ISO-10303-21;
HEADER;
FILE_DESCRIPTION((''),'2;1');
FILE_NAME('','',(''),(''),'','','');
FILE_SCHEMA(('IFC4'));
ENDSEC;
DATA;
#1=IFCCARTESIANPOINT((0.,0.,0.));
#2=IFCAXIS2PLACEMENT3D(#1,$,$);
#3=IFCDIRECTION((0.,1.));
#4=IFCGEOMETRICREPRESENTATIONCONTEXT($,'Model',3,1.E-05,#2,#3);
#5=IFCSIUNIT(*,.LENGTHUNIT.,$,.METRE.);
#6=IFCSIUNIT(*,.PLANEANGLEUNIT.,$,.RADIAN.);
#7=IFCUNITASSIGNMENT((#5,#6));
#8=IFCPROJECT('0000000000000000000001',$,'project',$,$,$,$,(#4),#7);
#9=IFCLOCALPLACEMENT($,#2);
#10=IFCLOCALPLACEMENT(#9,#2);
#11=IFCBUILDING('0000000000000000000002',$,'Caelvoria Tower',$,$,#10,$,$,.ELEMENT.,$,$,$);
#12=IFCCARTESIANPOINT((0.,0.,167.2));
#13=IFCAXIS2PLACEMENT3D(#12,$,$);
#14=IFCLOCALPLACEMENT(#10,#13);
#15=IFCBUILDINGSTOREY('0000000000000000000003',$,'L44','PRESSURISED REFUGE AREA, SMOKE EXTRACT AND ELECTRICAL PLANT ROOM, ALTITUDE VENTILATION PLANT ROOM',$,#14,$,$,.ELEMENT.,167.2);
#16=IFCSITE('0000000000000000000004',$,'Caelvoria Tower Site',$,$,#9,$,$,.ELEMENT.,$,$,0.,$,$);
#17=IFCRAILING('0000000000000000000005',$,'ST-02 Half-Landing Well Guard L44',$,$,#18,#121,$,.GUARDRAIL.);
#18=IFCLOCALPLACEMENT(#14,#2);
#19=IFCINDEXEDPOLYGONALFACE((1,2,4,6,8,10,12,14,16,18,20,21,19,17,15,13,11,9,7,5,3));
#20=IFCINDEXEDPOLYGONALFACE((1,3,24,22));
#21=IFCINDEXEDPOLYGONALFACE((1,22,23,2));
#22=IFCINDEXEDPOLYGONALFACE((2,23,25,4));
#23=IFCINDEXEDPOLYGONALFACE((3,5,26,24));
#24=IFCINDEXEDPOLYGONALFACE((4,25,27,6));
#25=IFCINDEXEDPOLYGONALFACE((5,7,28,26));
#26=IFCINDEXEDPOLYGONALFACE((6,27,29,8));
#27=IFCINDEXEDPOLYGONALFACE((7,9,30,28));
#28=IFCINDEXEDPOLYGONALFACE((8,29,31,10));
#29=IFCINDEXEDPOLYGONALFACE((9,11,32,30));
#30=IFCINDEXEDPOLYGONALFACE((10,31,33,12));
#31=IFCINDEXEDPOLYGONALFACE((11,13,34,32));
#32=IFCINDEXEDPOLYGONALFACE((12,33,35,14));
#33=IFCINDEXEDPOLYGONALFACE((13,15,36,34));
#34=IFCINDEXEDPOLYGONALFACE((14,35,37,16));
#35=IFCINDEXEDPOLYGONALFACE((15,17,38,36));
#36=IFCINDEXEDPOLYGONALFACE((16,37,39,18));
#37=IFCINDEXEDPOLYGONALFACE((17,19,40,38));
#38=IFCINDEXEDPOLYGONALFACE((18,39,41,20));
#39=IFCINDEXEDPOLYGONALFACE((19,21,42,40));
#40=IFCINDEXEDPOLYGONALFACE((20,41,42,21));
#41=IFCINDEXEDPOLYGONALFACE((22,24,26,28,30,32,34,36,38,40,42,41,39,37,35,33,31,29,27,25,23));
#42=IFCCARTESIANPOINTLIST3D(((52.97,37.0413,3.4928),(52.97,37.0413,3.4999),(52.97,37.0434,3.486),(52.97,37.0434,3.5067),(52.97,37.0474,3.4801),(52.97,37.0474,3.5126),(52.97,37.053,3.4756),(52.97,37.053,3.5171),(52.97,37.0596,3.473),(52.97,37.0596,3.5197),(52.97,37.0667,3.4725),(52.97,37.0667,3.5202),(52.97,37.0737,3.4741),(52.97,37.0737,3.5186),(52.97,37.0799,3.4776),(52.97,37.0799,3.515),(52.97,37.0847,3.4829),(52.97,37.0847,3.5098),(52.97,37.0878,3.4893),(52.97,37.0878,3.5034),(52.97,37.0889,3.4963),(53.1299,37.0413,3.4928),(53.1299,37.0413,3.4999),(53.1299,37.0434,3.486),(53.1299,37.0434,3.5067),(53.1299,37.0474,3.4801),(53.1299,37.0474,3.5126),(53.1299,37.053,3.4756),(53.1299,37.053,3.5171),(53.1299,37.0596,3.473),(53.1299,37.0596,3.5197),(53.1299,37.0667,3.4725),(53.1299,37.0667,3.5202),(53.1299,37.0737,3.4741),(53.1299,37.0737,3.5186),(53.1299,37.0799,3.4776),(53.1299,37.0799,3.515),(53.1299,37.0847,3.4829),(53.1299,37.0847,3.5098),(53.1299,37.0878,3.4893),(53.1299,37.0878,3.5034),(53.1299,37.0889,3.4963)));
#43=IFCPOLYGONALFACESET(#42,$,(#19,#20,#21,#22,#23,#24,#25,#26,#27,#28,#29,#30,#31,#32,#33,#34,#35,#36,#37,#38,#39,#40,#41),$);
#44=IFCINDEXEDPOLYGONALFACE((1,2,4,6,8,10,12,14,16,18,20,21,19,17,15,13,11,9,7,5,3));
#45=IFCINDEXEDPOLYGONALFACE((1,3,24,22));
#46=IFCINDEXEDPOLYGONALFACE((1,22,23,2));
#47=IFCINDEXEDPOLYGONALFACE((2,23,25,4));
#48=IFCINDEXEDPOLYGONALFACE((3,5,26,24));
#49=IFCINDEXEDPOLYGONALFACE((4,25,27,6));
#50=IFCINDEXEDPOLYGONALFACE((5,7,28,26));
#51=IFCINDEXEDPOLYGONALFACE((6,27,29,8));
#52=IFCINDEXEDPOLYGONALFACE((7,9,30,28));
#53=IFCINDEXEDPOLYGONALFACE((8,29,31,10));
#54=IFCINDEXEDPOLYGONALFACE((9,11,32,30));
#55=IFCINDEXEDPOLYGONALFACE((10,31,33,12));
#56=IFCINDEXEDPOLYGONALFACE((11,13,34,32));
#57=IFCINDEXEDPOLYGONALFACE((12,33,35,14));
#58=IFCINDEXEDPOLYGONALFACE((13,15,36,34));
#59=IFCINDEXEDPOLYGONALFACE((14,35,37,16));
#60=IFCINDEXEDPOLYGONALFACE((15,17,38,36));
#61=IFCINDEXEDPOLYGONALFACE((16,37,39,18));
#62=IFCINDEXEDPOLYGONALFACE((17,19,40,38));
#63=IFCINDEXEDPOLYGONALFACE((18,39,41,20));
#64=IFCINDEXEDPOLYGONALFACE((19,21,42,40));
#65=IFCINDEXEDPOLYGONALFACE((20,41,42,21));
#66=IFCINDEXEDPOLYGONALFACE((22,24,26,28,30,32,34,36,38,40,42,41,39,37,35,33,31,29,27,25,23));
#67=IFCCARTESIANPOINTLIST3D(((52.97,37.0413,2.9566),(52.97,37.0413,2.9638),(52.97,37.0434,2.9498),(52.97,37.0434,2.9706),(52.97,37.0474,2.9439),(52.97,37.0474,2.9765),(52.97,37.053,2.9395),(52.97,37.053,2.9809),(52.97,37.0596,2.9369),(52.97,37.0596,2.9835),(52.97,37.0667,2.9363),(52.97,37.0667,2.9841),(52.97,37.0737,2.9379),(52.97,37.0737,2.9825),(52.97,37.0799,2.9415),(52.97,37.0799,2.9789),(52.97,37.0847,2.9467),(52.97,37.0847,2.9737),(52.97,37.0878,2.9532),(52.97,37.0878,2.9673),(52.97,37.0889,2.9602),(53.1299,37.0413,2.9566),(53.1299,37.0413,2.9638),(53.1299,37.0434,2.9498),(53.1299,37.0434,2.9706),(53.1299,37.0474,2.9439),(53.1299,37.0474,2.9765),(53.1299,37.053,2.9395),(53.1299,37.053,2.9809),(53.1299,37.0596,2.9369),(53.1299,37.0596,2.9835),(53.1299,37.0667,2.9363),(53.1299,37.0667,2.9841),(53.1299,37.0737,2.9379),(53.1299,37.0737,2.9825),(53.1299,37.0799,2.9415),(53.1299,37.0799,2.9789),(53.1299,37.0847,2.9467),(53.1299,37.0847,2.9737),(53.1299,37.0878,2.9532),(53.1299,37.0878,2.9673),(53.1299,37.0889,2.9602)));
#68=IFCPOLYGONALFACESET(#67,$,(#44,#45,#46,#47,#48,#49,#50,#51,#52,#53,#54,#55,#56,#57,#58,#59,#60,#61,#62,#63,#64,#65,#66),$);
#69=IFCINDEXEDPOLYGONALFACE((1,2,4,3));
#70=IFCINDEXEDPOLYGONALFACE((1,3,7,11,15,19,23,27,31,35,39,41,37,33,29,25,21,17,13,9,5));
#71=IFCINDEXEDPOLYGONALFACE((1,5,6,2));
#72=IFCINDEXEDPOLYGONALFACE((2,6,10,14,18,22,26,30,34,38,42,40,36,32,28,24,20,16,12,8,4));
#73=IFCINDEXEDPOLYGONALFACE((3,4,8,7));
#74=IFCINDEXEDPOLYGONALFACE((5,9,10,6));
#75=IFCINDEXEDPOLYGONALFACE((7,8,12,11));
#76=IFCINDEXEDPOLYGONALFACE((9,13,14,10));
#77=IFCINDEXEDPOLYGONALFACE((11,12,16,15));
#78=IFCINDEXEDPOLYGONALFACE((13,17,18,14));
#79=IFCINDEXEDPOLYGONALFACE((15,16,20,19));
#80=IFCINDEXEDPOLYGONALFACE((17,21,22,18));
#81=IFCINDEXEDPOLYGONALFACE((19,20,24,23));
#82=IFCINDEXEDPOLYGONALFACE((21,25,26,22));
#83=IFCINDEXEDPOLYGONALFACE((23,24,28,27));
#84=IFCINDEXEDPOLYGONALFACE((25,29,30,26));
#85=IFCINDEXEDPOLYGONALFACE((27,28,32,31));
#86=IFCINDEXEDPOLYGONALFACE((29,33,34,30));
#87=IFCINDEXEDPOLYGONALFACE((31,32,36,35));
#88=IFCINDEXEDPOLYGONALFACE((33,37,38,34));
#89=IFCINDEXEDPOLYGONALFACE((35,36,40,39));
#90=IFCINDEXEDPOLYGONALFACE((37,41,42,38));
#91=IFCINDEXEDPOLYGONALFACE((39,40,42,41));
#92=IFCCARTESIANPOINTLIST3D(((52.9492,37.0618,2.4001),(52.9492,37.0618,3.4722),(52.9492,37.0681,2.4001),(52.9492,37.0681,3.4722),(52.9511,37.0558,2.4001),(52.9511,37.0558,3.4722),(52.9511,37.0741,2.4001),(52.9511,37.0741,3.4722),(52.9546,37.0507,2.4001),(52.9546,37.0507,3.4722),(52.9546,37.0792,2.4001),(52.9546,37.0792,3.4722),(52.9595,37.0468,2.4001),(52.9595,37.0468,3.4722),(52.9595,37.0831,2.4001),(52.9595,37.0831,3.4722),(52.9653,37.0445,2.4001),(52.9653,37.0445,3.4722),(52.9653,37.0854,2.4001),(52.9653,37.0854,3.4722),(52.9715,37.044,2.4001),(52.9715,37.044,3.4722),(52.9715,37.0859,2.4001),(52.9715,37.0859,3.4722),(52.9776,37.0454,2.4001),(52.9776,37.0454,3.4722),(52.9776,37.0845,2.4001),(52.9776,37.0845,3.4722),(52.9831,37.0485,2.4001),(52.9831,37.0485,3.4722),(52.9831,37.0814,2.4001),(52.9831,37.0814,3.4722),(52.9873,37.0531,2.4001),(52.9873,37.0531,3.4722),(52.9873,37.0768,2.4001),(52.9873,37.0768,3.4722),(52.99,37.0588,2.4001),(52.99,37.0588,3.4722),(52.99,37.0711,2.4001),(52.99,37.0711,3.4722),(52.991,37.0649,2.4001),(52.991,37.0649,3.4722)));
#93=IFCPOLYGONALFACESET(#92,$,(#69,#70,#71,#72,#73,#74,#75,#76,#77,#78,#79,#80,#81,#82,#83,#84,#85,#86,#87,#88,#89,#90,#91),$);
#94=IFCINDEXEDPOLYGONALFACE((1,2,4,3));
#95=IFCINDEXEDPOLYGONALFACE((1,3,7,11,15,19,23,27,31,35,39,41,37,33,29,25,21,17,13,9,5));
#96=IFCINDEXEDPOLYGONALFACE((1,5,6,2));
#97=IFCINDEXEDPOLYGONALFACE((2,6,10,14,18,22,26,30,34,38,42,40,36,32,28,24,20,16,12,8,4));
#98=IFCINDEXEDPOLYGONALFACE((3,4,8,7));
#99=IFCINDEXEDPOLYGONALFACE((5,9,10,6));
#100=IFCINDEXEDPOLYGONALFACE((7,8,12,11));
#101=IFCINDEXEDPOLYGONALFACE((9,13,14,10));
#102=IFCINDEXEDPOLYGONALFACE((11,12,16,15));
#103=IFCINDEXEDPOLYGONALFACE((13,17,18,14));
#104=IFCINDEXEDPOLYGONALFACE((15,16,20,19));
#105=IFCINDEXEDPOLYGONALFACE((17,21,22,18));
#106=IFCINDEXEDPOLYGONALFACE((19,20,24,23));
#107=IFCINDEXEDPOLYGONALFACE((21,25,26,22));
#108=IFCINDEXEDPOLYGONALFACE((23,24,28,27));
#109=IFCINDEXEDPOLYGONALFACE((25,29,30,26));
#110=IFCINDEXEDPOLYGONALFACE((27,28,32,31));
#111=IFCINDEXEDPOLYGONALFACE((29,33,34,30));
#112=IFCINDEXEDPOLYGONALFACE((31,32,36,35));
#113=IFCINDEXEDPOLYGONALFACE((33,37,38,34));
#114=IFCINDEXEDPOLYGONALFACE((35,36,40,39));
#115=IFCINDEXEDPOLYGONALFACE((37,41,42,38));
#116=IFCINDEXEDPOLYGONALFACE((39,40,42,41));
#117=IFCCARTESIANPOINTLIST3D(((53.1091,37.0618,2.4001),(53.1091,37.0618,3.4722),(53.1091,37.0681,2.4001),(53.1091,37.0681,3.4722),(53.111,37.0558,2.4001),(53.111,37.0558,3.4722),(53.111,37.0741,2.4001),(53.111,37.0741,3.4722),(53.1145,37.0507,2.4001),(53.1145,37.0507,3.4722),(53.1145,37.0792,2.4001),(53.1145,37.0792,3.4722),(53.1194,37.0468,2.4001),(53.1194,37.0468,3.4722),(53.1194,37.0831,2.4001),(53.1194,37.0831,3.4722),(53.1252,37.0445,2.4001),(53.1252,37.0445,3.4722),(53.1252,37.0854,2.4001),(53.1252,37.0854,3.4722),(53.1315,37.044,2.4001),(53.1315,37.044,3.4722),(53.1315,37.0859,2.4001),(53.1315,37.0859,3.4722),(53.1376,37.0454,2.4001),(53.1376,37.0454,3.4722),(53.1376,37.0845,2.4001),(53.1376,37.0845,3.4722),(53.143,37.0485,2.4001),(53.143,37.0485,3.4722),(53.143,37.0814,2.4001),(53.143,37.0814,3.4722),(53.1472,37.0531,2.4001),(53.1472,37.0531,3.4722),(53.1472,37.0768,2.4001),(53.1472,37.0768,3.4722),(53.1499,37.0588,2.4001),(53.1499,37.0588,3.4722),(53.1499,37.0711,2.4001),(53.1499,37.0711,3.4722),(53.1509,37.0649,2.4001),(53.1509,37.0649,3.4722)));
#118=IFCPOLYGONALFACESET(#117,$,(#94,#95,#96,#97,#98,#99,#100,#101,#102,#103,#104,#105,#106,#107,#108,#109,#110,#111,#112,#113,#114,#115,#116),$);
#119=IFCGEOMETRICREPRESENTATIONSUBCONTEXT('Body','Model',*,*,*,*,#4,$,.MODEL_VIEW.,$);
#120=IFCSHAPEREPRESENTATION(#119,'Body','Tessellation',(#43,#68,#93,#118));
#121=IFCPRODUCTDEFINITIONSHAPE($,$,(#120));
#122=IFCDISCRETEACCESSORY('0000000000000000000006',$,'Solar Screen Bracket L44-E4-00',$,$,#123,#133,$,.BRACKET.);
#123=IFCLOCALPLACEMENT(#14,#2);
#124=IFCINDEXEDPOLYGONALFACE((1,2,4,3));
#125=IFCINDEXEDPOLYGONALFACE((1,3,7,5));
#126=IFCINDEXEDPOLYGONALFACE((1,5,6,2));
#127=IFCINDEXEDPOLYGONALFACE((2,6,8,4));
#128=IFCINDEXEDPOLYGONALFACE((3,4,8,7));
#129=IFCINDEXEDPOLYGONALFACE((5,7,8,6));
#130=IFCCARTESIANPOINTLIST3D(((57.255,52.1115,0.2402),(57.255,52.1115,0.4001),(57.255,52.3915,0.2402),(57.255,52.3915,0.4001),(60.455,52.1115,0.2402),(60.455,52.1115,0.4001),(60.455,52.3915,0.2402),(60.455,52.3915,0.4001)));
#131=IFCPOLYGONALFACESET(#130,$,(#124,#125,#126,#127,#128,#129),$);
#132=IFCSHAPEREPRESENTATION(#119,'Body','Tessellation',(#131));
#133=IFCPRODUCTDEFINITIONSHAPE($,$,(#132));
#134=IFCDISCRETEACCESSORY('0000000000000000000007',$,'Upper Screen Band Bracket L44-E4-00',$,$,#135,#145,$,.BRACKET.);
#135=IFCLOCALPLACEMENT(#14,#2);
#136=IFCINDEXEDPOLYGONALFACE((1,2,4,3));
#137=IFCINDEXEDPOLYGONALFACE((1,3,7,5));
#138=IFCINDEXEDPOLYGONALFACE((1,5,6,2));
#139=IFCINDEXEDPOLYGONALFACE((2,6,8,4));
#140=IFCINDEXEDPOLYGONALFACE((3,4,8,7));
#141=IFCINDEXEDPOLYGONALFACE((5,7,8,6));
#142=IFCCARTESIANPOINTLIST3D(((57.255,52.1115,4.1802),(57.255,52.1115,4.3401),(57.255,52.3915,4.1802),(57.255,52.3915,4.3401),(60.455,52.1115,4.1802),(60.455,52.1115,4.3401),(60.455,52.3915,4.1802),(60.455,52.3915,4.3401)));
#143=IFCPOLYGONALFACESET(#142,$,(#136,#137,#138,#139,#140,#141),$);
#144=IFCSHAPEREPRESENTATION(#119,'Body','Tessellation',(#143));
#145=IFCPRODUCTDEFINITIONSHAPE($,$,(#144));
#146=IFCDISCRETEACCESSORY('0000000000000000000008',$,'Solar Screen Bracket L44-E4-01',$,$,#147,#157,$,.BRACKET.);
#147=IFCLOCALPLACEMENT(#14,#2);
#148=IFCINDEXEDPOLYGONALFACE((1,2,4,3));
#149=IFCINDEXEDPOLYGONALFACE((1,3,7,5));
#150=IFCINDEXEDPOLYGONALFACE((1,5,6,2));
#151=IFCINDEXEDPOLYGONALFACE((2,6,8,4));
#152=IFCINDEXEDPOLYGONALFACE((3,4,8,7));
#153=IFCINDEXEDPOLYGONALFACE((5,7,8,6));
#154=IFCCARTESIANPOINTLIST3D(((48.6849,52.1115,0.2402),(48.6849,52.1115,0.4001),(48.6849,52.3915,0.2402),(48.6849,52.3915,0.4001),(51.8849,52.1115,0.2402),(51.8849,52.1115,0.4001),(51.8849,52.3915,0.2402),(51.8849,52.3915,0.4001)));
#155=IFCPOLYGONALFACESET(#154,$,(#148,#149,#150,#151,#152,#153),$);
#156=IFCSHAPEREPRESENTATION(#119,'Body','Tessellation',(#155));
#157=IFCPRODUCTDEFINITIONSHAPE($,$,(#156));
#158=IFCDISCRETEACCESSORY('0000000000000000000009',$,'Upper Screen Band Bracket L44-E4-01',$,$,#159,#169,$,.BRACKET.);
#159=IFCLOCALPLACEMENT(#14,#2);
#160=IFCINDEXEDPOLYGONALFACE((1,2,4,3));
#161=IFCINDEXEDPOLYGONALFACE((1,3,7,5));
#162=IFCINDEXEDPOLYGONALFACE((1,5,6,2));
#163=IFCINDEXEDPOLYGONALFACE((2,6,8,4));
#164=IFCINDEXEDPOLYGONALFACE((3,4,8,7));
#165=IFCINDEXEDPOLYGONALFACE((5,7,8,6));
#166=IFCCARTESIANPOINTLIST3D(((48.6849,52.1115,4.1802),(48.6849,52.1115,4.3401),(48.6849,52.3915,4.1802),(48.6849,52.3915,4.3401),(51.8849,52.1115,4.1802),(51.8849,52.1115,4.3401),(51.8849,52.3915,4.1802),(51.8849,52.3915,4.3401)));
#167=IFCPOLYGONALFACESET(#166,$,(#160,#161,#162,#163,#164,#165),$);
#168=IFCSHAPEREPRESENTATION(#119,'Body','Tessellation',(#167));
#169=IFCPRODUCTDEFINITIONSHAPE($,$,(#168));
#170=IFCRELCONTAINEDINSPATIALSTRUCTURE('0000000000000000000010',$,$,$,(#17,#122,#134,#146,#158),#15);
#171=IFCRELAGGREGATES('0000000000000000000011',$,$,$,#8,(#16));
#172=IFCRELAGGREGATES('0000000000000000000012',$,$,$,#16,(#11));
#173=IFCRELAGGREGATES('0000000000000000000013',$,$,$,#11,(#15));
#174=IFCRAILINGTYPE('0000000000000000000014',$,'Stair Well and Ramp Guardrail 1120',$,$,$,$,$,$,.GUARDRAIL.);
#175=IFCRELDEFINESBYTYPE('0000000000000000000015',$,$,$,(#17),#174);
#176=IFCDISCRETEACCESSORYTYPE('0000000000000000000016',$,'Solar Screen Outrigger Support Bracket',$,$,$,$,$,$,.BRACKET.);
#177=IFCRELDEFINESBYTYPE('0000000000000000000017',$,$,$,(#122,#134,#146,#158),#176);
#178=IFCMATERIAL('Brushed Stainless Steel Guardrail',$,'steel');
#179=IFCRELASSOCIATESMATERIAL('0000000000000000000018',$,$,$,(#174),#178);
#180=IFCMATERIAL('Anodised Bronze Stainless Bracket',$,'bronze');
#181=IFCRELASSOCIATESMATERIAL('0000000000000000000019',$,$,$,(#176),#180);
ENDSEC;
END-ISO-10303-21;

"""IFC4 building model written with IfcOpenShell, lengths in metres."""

from ifc_helpers import new_model, si_unit, direction, frame, origin, origin_2d, place, context, subcontext, project, spatial, rectangle, circle, extrude, material, type_object, element, save


model = new_model("IFC4")

# Units and contexts
model_context = context("Model", 3, precision=1e-05, world=origin(), true_north=direction((0.0, 1.0)))
body_context = subcontext(model_context, "Body", "Model", "MODEL_VIEW")
ifc_project = project(units=[si_unit("LENGTHUNIT", "METRE"), si_unit("PLANEANGLEUNIT", "RADIAN")], contexts=[model_context])

# Site, building, storey
site_placement = place(None, origin())
site = spatial("IfcSite", under=ifc_project, at=site_placement, Name="Caelvoria Tower Site", CompositionType="ELEMENT", RefElevation=0.0)
building_placement = place(site_placement, origin())
building = spatial("IfcBuilding", under=site, at=building_placement, Name="Caelvoria Tower", CompositionType="ELEMENT")
storey_placement = place(building_placement, frame((0.0, 0.0, 167.2)))
storey = spatial("IfcBuildingStorey", under=building, at=storey_placement, Name="L44", Description="PRESSURISED REFUGE AREA, SMOKE EXTRACT AND ELECTRICAL PLANT ROOM, ALTITUDE VENTILATION PLANT ROOM", CompositionType="ELEMENT", Elevation=167.2)

# Railing
ifc_material_1 = material(Name="Brushed Stainless Steel Guardrail", Category="steel")
railing_type_1 = type_object("IfcRailingType", Name="Stair Well and Ramp Guardrail 1120", PredefinedType="GUARDRAIL", material=ifc_material_1)
railing_1_placement = place(storey_placement, frame((52.97, 37.0649, 2.4001)))
element("IfcRailing", 1, at=railing_1_placement, inside=storey, type_object=railing_type_1, Name="ST-02 Half-Landing Well Guard L44", PredefinedType="GUARDRAIL", context=body_context, shape_type="SweptSolid", body=[
    extrude(circle(Radius=0.0239, at=origin_2d()), frame((0.0, 0.0, 1.0962), z_axis=(1.0, 0.0, 0.0), x_axis=(0.0, 1.0, 0.0)), (0.0, 0.0, 1.0), 0.1599),
    extrude(circle(Radius=0.0239, at=origin_2d()), frame((0.0, 0.0, 0.5601), z_axis=(1.0, 0.0, 0.0), x_axis=(0.0, 1.0, 0.0)), (0.0, 0.0, 1.0), 0.1599),
    extrude(circle(Radius=0.021, at=origin_2d()), origin(), (0.0, 0.0, 1.0), 1.072),
    extrude(circle(Radius=0.021, at=origin_2d()), frame((0.1599, 0.0, 0.0)), (0.0, 0.0, 1.0), 1.072),
])

# Discrete accessories
ifc_material_2 = material(Name="Anodised Bronze Stainless Bracket", Category="bronze")
discrete_accessory_type = type_object("IfcDiscreteAccessoryType", Name="Solar Screen Outrigger Support Bracket", PredefinedType="BRACKET", material=ifc_material_2)
for number, where, z_axis, x_axis, name in (
    (2, (58.855, 52.2515, 0.2402), (0.0, 0.0, 1.0), (-1.0, 0.0, 0.0), "Solar Screen Bracket L44-E4-00"),
    (3, (58.855, 52.2515, 4.1802), (0.0, 0.0, 1.0), (-1.0, 0.0, 0.0), "Upper Screen Band Bracket L44-E4-00"),
    (4, (50.2849, 52.2515, 0.2402), (0.0, 0.0, 1.0), (-1.0, 0.0, 0.0), "Solar Screen Bracket L44-E4-01"),
    (5, (50.2849, 52.2515, 4.1802), (0.0, 0.0, 1.0), (-1.0, 0.0, 0.0), "Upper Screen Band Bracket L44-E4-01"),
):
    element("IfcDiscreteAccessory", number, at=place(storey_placement, frame(where, z_axis=z_axis, x_axis=x_axis)), inside=storey, type_object=discrete_accessory_type, Name=name, PredefinedType="BRACKET", context=body_context, shape_type="SweptSolid", body=[
        extrude(rectangle(XDim=3.2, YDim=0.28, at=origin_2d()), origin(), (0.0, 0.0, 1.0), 0.1599),
    ])

save(model, "model.ifc")
